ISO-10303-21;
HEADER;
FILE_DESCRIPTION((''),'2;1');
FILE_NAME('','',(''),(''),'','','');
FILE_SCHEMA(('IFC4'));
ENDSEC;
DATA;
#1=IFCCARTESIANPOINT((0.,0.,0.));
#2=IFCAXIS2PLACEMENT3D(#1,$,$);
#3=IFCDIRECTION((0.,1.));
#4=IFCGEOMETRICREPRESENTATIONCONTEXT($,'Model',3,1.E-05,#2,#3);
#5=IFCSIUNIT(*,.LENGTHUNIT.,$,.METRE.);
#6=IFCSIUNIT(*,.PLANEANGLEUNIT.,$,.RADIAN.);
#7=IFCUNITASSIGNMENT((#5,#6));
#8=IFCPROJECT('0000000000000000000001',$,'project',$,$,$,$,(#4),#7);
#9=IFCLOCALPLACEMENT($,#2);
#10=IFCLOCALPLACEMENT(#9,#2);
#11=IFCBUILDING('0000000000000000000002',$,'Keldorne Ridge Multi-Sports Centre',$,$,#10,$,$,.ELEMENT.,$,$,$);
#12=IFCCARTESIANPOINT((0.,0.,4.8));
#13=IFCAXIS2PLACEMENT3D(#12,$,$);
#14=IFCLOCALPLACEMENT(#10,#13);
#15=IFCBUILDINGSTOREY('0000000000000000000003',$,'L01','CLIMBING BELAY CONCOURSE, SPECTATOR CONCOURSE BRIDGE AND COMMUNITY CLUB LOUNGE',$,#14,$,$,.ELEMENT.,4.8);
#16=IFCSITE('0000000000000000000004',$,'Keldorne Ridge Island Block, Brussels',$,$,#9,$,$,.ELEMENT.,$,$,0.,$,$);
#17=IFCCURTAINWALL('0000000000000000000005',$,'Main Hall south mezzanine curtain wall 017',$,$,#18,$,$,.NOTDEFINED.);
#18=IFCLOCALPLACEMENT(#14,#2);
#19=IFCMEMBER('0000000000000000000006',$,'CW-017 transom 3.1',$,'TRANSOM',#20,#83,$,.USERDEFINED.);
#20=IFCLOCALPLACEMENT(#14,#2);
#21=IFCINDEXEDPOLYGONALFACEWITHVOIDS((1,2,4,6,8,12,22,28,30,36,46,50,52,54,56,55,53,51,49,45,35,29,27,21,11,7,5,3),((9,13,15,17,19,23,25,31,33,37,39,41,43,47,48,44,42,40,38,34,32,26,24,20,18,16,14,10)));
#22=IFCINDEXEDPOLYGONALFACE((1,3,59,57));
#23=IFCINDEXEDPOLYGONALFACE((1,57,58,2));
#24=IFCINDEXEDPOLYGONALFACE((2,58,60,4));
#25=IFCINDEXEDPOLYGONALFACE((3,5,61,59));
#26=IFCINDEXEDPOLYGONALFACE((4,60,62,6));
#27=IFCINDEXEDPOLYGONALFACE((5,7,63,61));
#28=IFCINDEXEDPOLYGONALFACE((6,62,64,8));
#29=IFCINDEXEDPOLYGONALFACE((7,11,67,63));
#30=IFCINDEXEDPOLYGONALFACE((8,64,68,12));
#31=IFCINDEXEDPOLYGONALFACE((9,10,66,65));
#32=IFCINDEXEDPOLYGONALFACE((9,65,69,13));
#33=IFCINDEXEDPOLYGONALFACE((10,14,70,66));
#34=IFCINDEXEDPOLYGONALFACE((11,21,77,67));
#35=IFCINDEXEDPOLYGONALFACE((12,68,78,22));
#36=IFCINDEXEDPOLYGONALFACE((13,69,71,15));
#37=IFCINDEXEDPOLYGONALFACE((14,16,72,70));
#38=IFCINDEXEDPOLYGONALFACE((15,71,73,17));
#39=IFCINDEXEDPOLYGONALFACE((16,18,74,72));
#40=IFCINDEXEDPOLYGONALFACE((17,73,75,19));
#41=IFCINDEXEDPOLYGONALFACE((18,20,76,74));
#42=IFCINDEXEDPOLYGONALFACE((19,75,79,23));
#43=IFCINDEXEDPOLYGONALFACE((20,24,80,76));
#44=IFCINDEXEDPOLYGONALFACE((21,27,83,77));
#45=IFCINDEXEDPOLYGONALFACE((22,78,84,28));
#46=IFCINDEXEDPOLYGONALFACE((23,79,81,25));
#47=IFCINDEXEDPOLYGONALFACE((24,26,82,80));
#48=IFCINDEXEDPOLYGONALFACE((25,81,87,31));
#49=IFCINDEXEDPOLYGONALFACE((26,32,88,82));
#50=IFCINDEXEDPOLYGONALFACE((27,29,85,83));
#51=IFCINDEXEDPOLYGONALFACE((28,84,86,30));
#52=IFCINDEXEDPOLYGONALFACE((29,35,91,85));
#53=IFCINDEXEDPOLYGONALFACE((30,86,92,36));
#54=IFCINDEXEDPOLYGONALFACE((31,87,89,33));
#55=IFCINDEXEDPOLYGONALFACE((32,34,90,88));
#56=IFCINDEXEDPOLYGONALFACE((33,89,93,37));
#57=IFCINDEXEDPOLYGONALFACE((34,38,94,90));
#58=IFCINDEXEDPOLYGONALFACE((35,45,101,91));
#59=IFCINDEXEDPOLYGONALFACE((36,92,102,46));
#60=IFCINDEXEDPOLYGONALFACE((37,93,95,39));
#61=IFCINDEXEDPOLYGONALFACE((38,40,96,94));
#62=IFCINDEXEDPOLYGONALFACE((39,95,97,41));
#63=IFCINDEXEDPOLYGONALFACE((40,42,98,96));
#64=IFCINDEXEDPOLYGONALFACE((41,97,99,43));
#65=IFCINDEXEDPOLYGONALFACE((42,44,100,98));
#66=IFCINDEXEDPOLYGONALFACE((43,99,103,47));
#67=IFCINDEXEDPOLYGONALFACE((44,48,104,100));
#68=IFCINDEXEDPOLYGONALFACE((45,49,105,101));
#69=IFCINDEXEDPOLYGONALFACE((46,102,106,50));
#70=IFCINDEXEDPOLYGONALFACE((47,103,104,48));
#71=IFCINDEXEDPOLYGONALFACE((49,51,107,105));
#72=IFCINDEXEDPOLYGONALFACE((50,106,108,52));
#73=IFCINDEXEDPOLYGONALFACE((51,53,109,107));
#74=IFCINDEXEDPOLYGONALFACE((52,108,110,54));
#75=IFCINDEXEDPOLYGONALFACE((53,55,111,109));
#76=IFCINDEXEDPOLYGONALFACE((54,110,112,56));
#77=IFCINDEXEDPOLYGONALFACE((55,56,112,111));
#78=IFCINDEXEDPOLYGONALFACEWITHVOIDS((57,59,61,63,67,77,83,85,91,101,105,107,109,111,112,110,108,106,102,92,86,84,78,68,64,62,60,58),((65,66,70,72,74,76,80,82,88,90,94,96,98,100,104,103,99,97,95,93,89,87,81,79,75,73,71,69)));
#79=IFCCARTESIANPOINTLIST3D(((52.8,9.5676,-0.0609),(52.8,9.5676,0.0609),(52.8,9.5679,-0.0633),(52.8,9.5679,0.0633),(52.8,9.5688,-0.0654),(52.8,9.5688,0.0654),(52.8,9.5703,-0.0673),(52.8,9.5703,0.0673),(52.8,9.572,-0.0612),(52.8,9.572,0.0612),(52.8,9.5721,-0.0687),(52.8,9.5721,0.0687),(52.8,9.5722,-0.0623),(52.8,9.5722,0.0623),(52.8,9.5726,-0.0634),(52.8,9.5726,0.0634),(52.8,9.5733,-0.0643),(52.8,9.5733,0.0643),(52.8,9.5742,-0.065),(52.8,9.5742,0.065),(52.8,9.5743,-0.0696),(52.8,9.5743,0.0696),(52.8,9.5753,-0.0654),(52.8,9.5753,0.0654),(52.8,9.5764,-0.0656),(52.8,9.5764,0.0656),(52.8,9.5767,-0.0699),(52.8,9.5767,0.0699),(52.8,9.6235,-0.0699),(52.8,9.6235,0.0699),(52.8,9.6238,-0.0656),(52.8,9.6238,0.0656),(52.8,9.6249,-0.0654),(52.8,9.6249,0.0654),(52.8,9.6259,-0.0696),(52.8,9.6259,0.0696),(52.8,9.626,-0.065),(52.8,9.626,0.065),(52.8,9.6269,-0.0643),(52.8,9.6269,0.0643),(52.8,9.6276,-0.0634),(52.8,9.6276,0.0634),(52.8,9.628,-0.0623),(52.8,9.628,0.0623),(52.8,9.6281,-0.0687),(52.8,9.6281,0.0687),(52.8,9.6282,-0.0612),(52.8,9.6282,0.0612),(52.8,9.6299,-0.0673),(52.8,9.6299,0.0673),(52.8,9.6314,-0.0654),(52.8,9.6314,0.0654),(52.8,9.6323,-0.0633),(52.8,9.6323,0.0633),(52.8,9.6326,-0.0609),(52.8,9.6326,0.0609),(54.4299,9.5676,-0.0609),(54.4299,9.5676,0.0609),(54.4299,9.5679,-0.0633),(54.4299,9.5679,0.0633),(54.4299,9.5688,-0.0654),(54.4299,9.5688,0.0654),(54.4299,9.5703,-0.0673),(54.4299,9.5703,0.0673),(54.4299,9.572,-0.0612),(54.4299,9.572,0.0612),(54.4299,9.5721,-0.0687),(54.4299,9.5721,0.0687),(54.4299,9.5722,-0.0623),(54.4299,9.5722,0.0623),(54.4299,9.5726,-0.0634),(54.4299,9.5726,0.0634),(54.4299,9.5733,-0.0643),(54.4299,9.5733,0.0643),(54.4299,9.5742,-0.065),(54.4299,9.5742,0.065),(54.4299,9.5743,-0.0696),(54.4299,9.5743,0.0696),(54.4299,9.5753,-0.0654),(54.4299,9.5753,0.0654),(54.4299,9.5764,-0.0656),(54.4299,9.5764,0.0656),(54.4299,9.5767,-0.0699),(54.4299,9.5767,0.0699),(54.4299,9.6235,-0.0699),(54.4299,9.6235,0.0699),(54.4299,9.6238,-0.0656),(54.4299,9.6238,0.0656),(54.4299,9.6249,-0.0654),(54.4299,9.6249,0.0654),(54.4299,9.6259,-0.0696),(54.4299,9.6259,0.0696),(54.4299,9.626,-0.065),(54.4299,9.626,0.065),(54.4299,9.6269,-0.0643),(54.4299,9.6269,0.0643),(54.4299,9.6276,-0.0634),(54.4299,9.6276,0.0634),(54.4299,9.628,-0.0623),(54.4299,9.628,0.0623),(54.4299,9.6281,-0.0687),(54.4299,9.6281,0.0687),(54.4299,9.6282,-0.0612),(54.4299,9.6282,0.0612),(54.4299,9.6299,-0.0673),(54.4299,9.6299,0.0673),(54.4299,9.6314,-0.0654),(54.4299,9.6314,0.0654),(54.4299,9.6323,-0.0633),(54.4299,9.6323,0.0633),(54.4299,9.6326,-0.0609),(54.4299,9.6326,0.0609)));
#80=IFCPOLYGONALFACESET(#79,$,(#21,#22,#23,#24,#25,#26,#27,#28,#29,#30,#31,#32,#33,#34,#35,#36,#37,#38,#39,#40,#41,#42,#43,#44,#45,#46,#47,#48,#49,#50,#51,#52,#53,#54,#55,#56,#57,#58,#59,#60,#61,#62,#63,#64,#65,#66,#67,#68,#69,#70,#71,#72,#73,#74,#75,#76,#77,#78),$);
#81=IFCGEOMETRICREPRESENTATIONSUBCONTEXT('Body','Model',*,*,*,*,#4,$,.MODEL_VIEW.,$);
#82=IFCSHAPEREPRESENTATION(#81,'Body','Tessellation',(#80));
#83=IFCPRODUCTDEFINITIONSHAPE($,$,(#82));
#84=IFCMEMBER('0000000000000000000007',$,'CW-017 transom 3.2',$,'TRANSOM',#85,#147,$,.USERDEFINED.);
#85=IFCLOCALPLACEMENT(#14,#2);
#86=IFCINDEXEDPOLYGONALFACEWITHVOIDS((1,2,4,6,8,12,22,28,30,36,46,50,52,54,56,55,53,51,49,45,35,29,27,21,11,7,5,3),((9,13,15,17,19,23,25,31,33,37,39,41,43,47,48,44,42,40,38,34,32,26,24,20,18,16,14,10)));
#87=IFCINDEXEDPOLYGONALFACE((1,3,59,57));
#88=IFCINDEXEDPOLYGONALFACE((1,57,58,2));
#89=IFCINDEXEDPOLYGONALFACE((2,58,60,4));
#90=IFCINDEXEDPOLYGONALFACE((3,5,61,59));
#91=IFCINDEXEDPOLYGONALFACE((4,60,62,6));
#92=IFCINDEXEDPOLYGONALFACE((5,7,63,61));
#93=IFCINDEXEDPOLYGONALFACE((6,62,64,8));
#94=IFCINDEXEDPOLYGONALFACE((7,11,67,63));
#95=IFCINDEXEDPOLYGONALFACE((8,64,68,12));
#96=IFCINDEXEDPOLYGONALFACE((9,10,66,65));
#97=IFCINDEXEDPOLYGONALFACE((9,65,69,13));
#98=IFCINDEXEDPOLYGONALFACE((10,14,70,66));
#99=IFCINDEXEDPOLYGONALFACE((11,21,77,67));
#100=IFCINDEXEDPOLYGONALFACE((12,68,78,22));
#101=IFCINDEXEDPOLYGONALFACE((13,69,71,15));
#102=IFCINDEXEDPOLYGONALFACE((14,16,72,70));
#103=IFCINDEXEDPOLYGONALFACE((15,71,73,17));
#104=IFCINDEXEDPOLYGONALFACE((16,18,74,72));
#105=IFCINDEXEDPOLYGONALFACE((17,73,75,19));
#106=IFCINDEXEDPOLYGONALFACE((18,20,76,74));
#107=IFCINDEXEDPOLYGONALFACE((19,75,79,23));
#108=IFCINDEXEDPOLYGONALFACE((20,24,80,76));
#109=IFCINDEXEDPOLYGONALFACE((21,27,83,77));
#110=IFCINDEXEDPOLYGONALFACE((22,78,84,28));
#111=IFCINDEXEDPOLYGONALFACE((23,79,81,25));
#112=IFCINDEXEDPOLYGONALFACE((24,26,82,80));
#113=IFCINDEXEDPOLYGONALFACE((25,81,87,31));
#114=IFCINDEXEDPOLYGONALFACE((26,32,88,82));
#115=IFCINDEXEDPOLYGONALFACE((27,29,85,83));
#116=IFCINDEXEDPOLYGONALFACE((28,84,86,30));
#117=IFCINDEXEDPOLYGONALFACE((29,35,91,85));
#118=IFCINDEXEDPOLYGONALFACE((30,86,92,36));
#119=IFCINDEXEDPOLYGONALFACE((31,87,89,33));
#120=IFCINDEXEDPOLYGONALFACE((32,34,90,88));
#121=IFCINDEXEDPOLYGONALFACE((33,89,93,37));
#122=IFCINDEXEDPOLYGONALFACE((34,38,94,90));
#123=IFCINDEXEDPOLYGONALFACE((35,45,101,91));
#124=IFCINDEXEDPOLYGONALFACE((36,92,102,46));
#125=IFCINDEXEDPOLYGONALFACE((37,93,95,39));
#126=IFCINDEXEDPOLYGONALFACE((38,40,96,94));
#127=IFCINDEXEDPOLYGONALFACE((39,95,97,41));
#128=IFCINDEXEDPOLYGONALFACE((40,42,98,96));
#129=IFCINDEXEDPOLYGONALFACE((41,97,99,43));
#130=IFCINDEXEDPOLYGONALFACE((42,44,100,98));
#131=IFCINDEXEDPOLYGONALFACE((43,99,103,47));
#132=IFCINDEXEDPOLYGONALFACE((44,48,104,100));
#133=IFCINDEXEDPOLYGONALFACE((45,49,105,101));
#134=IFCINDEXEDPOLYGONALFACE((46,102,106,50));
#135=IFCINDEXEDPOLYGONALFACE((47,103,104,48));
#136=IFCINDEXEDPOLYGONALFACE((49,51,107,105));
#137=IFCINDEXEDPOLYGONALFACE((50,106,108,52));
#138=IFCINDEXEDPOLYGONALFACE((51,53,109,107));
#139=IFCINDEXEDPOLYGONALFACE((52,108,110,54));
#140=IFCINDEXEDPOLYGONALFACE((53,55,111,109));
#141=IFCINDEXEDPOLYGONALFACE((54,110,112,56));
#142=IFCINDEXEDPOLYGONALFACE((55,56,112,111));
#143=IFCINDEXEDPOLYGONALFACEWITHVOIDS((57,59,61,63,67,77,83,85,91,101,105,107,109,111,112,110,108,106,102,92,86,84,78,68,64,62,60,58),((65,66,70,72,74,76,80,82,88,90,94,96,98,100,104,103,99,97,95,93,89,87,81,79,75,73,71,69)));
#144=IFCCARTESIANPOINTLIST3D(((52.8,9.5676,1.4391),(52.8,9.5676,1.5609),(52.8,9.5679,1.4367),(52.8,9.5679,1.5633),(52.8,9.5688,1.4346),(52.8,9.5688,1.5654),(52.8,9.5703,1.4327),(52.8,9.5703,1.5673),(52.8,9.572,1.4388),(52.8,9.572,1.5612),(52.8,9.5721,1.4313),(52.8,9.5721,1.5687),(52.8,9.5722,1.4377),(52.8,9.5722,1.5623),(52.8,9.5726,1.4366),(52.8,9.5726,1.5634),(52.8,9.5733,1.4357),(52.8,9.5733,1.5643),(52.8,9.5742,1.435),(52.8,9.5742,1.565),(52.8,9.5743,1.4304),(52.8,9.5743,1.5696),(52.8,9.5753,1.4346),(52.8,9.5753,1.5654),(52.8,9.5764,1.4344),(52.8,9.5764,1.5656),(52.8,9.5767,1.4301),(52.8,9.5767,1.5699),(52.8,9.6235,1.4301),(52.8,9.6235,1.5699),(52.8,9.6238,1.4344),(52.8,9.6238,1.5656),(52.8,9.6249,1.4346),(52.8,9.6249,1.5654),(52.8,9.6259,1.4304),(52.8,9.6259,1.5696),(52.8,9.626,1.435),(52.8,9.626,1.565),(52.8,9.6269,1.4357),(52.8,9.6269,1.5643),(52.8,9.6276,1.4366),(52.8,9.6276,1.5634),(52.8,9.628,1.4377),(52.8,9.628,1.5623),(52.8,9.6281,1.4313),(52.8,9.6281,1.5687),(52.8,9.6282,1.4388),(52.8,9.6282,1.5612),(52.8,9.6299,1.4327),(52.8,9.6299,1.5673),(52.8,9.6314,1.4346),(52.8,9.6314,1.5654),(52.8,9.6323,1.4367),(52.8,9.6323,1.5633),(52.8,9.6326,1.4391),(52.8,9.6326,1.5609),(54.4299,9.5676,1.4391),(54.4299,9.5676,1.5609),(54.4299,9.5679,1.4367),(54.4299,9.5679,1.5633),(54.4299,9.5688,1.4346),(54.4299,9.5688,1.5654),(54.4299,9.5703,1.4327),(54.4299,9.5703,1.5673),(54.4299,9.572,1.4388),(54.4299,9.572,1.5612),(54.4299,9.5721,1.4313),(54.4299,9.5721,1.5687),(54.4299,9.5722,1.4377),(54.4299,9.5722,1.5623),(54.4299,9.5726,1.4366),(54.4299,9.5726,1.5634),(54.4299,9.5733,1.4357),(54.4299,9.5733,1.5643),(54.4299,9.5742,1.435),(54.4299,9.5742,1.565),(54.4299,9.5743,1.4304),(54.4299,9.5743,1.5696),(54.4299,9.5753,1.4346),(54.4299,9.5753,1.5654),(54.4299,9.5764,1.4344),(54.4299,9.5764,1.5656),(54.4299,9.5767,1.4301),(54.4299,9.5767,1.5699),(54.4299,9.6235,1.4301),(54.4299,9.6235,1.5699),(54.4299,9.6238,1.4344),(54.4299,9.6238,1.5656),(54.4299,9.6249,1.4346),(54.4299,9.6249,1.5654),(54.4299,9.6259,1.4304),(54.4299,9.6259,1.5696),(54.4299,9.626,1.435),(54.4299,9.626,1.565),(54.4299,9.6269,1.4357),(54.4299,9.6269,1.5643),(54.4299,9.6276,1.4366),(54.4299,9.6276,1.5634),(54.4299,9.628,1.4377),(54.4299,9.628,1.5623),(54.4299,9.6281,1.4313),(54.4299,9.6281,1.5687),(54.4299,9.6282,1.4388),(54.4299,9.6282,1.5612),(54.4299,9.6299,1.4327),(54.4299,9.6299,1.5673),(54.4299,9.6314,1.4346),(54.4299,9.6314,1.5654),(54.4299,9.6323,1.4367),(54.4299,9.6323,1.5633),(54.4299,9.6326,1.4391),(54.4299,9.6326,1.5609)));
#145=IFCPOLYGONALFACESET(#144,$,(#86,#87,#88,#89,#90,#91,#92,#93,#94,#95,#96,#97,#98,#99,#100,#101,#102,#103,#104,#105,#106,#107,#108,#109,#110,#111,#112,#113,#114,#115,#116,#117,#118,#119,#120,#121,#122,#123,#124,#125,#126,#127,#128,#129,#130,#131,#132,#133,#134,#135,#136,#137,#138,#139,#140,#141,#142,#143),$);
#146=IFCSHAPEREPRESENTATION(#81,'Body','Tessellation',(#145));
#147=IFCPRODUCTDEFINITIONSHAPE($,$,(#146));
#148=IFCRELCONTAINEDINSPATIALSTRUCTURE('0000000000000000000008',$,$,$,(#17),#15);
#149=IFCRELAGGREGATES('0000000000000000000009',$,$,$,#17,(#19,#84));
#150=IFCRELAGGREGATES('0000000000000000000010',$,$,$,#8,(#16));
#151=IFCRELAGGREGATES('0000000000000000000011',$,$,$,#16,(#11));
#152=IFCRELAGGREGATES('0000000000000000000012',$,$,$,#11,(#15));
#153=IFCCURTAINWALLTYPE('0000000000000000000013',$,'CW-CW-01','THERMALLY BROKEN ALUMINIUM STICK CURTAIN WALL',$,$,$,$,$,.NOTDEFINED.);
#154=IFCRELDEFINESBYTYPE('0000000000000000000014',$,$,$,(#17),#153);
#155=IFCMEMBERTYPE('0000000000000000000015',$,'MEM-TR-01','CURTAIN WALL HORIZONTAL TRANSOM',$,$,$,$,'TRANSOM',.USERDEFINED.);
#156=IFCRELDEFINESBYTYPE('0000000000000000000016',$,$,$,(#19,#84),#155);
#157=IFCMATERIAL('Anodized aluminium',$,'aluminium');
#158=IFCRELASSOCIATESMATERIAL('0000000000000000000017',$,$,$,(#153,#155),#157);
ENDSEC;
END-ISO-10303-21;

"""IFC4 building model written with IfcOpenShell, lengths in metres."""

from ifc_helpers import new_model, si_unit, direction, frame, origin, origin_2d, place, context, subcontext, project, spatial, hollow_rectangle, extrude, material, material_profile, profile_set, type_object, element, aggregate, save


model = new_model("IFC4")

# Units and contexts
model_context = context("Model", 3, precision=1e-05, world=origin(), true_north=direction((0.0, 1.0)))
body_context = subcontext(model_context, "Body", "Model", "MODEL_VIEW")
ifc_project = project(units=[si_unit("LENGTHUNIT", "METRE"), si_unit("PLANEANGLEUNIT", "RADIAN")], contexts=[model_context])

# Site, building, storey
site_placement = place(None, origin())
site = spatial("IfcSite", under=ifc_project, at=site_placement, Name="Keldorne Ridge Island Block, Brussels", CompositionType="ELEMENT", RefElevation=0.0)
building_placement = place(site_placement, origin())
building = spatial("IfcBuilding", under=site, at=building_placement, Name="Keldorne Ridge Multi-Sports Centre", CompositionType="ELEMENT")
storey_placement = place(building_placement, frame((0.0, 0.0, 4.8)))
storey = spatial("IfcBuildingStorey", under=building, at=storey_placement, Name="L01", Description="CLIMBING BELAY CONCOURSE, SPECTATOR CONCOURSE BRIDGE AND COMMUNITY CLUB LOUNGE", CompositionType="ELEMENT", Elevation=4.8)

# Curtain wall
ifc_material_1 = material(Name="Anodized aluminium", Category="aluminium")
curtain_wall_type_1 = type_object("IfcCurtainWallType", Name="CW-CW-01", Description="THERMALLY BROKEN ALUMINIUM STICK CURTAIN WALL", PredefinedType="NOTDEFINED", material=ifc_material_1)
curtain_wall_1_placement = place(storey_placement, origin())
curtain_wall_1 = element("IfcCurtainWall", 1, at=curtain_wall_1_placement, inside=storey, type_object=curtain_wall_type_1, Name="Main Hall south mezzanine curtain wall 017", PredefinedType="NOTDEFINED")

# Members
ifc_material_profile_1 = material_profile(ifc_material_1, hollow_rectangle(XDim=0.0649, YDim=0.1399, WallThickness=0.0044, InnerFilletRadius=0.0044, OuterFilletRadius=0.009, at=origin_2d()), Name="ALU TRANSOM 140x65x4.5")
ifc_profile_set_1 = profile_set([ifc_material_profile_1], Name="Anodized aluminium")
member_type_1 = type_object("IfcMemberType", Name="MEM-TR-01", Description="CURTAIN WALL HORIZONTAL TRANSOM", ElementType="TRANSOM", PredefinedType="USERDEFINED", material=ifc_profile_set_1)
member_1_placement = place(storey_placement, frame((52.8, 9.6001, 0.0), z_axis=(1.0, 0.0, 0.0), x_axis=(0.0, 1.0, 0.0)))
member_1 = element("IfcMember", 2, at=member_1_placement, type_object=member_type_1, Name="CW-017 transom 3.1", ObjectType="TRANSOM", PredefinedType="USERDEFINED", context=body_context, shape_type="SweptSolid", body=[
    extrude(hollow_rectangle(XDim=0.0649, YDim=0.1399, WallThickness=0.0044, InnerFilletRadius=0.0044, OuterFilletRadius=0.009, at=origin_2d()), origin(), (0.0, 0.0, 1.0), 1.6299),
])
member_2_placement = place(storey_placement, frame((52.8, 9.6001, 1.5), z_axis=(1.0, 0.0, 0.0), x_axis=(0.0, 1.0, 0.0)))
member_2 = element("IfcMember", 3, at=member_2_placement, type_object=member_type_1, Name="CW-017 transom 3.2", ObjectType="TRANSOM", PredefinedType="USERDEFINED", context=body_context, shape_type="SweptSolid", body=[
    extrude(hollow_rectangle(XDim=0.0649, YDim=0.1399, WallThickness=0.0044, InnerFilletRadius=0.0044, OuterFilletRadius=0.009, at=origin_2d()), origin(), (0.0, 0.0, 1.0), 1.6299),
])

aggregate(curtain_wall_1, [member_1, member_2])

save(model, "model.ifc")
